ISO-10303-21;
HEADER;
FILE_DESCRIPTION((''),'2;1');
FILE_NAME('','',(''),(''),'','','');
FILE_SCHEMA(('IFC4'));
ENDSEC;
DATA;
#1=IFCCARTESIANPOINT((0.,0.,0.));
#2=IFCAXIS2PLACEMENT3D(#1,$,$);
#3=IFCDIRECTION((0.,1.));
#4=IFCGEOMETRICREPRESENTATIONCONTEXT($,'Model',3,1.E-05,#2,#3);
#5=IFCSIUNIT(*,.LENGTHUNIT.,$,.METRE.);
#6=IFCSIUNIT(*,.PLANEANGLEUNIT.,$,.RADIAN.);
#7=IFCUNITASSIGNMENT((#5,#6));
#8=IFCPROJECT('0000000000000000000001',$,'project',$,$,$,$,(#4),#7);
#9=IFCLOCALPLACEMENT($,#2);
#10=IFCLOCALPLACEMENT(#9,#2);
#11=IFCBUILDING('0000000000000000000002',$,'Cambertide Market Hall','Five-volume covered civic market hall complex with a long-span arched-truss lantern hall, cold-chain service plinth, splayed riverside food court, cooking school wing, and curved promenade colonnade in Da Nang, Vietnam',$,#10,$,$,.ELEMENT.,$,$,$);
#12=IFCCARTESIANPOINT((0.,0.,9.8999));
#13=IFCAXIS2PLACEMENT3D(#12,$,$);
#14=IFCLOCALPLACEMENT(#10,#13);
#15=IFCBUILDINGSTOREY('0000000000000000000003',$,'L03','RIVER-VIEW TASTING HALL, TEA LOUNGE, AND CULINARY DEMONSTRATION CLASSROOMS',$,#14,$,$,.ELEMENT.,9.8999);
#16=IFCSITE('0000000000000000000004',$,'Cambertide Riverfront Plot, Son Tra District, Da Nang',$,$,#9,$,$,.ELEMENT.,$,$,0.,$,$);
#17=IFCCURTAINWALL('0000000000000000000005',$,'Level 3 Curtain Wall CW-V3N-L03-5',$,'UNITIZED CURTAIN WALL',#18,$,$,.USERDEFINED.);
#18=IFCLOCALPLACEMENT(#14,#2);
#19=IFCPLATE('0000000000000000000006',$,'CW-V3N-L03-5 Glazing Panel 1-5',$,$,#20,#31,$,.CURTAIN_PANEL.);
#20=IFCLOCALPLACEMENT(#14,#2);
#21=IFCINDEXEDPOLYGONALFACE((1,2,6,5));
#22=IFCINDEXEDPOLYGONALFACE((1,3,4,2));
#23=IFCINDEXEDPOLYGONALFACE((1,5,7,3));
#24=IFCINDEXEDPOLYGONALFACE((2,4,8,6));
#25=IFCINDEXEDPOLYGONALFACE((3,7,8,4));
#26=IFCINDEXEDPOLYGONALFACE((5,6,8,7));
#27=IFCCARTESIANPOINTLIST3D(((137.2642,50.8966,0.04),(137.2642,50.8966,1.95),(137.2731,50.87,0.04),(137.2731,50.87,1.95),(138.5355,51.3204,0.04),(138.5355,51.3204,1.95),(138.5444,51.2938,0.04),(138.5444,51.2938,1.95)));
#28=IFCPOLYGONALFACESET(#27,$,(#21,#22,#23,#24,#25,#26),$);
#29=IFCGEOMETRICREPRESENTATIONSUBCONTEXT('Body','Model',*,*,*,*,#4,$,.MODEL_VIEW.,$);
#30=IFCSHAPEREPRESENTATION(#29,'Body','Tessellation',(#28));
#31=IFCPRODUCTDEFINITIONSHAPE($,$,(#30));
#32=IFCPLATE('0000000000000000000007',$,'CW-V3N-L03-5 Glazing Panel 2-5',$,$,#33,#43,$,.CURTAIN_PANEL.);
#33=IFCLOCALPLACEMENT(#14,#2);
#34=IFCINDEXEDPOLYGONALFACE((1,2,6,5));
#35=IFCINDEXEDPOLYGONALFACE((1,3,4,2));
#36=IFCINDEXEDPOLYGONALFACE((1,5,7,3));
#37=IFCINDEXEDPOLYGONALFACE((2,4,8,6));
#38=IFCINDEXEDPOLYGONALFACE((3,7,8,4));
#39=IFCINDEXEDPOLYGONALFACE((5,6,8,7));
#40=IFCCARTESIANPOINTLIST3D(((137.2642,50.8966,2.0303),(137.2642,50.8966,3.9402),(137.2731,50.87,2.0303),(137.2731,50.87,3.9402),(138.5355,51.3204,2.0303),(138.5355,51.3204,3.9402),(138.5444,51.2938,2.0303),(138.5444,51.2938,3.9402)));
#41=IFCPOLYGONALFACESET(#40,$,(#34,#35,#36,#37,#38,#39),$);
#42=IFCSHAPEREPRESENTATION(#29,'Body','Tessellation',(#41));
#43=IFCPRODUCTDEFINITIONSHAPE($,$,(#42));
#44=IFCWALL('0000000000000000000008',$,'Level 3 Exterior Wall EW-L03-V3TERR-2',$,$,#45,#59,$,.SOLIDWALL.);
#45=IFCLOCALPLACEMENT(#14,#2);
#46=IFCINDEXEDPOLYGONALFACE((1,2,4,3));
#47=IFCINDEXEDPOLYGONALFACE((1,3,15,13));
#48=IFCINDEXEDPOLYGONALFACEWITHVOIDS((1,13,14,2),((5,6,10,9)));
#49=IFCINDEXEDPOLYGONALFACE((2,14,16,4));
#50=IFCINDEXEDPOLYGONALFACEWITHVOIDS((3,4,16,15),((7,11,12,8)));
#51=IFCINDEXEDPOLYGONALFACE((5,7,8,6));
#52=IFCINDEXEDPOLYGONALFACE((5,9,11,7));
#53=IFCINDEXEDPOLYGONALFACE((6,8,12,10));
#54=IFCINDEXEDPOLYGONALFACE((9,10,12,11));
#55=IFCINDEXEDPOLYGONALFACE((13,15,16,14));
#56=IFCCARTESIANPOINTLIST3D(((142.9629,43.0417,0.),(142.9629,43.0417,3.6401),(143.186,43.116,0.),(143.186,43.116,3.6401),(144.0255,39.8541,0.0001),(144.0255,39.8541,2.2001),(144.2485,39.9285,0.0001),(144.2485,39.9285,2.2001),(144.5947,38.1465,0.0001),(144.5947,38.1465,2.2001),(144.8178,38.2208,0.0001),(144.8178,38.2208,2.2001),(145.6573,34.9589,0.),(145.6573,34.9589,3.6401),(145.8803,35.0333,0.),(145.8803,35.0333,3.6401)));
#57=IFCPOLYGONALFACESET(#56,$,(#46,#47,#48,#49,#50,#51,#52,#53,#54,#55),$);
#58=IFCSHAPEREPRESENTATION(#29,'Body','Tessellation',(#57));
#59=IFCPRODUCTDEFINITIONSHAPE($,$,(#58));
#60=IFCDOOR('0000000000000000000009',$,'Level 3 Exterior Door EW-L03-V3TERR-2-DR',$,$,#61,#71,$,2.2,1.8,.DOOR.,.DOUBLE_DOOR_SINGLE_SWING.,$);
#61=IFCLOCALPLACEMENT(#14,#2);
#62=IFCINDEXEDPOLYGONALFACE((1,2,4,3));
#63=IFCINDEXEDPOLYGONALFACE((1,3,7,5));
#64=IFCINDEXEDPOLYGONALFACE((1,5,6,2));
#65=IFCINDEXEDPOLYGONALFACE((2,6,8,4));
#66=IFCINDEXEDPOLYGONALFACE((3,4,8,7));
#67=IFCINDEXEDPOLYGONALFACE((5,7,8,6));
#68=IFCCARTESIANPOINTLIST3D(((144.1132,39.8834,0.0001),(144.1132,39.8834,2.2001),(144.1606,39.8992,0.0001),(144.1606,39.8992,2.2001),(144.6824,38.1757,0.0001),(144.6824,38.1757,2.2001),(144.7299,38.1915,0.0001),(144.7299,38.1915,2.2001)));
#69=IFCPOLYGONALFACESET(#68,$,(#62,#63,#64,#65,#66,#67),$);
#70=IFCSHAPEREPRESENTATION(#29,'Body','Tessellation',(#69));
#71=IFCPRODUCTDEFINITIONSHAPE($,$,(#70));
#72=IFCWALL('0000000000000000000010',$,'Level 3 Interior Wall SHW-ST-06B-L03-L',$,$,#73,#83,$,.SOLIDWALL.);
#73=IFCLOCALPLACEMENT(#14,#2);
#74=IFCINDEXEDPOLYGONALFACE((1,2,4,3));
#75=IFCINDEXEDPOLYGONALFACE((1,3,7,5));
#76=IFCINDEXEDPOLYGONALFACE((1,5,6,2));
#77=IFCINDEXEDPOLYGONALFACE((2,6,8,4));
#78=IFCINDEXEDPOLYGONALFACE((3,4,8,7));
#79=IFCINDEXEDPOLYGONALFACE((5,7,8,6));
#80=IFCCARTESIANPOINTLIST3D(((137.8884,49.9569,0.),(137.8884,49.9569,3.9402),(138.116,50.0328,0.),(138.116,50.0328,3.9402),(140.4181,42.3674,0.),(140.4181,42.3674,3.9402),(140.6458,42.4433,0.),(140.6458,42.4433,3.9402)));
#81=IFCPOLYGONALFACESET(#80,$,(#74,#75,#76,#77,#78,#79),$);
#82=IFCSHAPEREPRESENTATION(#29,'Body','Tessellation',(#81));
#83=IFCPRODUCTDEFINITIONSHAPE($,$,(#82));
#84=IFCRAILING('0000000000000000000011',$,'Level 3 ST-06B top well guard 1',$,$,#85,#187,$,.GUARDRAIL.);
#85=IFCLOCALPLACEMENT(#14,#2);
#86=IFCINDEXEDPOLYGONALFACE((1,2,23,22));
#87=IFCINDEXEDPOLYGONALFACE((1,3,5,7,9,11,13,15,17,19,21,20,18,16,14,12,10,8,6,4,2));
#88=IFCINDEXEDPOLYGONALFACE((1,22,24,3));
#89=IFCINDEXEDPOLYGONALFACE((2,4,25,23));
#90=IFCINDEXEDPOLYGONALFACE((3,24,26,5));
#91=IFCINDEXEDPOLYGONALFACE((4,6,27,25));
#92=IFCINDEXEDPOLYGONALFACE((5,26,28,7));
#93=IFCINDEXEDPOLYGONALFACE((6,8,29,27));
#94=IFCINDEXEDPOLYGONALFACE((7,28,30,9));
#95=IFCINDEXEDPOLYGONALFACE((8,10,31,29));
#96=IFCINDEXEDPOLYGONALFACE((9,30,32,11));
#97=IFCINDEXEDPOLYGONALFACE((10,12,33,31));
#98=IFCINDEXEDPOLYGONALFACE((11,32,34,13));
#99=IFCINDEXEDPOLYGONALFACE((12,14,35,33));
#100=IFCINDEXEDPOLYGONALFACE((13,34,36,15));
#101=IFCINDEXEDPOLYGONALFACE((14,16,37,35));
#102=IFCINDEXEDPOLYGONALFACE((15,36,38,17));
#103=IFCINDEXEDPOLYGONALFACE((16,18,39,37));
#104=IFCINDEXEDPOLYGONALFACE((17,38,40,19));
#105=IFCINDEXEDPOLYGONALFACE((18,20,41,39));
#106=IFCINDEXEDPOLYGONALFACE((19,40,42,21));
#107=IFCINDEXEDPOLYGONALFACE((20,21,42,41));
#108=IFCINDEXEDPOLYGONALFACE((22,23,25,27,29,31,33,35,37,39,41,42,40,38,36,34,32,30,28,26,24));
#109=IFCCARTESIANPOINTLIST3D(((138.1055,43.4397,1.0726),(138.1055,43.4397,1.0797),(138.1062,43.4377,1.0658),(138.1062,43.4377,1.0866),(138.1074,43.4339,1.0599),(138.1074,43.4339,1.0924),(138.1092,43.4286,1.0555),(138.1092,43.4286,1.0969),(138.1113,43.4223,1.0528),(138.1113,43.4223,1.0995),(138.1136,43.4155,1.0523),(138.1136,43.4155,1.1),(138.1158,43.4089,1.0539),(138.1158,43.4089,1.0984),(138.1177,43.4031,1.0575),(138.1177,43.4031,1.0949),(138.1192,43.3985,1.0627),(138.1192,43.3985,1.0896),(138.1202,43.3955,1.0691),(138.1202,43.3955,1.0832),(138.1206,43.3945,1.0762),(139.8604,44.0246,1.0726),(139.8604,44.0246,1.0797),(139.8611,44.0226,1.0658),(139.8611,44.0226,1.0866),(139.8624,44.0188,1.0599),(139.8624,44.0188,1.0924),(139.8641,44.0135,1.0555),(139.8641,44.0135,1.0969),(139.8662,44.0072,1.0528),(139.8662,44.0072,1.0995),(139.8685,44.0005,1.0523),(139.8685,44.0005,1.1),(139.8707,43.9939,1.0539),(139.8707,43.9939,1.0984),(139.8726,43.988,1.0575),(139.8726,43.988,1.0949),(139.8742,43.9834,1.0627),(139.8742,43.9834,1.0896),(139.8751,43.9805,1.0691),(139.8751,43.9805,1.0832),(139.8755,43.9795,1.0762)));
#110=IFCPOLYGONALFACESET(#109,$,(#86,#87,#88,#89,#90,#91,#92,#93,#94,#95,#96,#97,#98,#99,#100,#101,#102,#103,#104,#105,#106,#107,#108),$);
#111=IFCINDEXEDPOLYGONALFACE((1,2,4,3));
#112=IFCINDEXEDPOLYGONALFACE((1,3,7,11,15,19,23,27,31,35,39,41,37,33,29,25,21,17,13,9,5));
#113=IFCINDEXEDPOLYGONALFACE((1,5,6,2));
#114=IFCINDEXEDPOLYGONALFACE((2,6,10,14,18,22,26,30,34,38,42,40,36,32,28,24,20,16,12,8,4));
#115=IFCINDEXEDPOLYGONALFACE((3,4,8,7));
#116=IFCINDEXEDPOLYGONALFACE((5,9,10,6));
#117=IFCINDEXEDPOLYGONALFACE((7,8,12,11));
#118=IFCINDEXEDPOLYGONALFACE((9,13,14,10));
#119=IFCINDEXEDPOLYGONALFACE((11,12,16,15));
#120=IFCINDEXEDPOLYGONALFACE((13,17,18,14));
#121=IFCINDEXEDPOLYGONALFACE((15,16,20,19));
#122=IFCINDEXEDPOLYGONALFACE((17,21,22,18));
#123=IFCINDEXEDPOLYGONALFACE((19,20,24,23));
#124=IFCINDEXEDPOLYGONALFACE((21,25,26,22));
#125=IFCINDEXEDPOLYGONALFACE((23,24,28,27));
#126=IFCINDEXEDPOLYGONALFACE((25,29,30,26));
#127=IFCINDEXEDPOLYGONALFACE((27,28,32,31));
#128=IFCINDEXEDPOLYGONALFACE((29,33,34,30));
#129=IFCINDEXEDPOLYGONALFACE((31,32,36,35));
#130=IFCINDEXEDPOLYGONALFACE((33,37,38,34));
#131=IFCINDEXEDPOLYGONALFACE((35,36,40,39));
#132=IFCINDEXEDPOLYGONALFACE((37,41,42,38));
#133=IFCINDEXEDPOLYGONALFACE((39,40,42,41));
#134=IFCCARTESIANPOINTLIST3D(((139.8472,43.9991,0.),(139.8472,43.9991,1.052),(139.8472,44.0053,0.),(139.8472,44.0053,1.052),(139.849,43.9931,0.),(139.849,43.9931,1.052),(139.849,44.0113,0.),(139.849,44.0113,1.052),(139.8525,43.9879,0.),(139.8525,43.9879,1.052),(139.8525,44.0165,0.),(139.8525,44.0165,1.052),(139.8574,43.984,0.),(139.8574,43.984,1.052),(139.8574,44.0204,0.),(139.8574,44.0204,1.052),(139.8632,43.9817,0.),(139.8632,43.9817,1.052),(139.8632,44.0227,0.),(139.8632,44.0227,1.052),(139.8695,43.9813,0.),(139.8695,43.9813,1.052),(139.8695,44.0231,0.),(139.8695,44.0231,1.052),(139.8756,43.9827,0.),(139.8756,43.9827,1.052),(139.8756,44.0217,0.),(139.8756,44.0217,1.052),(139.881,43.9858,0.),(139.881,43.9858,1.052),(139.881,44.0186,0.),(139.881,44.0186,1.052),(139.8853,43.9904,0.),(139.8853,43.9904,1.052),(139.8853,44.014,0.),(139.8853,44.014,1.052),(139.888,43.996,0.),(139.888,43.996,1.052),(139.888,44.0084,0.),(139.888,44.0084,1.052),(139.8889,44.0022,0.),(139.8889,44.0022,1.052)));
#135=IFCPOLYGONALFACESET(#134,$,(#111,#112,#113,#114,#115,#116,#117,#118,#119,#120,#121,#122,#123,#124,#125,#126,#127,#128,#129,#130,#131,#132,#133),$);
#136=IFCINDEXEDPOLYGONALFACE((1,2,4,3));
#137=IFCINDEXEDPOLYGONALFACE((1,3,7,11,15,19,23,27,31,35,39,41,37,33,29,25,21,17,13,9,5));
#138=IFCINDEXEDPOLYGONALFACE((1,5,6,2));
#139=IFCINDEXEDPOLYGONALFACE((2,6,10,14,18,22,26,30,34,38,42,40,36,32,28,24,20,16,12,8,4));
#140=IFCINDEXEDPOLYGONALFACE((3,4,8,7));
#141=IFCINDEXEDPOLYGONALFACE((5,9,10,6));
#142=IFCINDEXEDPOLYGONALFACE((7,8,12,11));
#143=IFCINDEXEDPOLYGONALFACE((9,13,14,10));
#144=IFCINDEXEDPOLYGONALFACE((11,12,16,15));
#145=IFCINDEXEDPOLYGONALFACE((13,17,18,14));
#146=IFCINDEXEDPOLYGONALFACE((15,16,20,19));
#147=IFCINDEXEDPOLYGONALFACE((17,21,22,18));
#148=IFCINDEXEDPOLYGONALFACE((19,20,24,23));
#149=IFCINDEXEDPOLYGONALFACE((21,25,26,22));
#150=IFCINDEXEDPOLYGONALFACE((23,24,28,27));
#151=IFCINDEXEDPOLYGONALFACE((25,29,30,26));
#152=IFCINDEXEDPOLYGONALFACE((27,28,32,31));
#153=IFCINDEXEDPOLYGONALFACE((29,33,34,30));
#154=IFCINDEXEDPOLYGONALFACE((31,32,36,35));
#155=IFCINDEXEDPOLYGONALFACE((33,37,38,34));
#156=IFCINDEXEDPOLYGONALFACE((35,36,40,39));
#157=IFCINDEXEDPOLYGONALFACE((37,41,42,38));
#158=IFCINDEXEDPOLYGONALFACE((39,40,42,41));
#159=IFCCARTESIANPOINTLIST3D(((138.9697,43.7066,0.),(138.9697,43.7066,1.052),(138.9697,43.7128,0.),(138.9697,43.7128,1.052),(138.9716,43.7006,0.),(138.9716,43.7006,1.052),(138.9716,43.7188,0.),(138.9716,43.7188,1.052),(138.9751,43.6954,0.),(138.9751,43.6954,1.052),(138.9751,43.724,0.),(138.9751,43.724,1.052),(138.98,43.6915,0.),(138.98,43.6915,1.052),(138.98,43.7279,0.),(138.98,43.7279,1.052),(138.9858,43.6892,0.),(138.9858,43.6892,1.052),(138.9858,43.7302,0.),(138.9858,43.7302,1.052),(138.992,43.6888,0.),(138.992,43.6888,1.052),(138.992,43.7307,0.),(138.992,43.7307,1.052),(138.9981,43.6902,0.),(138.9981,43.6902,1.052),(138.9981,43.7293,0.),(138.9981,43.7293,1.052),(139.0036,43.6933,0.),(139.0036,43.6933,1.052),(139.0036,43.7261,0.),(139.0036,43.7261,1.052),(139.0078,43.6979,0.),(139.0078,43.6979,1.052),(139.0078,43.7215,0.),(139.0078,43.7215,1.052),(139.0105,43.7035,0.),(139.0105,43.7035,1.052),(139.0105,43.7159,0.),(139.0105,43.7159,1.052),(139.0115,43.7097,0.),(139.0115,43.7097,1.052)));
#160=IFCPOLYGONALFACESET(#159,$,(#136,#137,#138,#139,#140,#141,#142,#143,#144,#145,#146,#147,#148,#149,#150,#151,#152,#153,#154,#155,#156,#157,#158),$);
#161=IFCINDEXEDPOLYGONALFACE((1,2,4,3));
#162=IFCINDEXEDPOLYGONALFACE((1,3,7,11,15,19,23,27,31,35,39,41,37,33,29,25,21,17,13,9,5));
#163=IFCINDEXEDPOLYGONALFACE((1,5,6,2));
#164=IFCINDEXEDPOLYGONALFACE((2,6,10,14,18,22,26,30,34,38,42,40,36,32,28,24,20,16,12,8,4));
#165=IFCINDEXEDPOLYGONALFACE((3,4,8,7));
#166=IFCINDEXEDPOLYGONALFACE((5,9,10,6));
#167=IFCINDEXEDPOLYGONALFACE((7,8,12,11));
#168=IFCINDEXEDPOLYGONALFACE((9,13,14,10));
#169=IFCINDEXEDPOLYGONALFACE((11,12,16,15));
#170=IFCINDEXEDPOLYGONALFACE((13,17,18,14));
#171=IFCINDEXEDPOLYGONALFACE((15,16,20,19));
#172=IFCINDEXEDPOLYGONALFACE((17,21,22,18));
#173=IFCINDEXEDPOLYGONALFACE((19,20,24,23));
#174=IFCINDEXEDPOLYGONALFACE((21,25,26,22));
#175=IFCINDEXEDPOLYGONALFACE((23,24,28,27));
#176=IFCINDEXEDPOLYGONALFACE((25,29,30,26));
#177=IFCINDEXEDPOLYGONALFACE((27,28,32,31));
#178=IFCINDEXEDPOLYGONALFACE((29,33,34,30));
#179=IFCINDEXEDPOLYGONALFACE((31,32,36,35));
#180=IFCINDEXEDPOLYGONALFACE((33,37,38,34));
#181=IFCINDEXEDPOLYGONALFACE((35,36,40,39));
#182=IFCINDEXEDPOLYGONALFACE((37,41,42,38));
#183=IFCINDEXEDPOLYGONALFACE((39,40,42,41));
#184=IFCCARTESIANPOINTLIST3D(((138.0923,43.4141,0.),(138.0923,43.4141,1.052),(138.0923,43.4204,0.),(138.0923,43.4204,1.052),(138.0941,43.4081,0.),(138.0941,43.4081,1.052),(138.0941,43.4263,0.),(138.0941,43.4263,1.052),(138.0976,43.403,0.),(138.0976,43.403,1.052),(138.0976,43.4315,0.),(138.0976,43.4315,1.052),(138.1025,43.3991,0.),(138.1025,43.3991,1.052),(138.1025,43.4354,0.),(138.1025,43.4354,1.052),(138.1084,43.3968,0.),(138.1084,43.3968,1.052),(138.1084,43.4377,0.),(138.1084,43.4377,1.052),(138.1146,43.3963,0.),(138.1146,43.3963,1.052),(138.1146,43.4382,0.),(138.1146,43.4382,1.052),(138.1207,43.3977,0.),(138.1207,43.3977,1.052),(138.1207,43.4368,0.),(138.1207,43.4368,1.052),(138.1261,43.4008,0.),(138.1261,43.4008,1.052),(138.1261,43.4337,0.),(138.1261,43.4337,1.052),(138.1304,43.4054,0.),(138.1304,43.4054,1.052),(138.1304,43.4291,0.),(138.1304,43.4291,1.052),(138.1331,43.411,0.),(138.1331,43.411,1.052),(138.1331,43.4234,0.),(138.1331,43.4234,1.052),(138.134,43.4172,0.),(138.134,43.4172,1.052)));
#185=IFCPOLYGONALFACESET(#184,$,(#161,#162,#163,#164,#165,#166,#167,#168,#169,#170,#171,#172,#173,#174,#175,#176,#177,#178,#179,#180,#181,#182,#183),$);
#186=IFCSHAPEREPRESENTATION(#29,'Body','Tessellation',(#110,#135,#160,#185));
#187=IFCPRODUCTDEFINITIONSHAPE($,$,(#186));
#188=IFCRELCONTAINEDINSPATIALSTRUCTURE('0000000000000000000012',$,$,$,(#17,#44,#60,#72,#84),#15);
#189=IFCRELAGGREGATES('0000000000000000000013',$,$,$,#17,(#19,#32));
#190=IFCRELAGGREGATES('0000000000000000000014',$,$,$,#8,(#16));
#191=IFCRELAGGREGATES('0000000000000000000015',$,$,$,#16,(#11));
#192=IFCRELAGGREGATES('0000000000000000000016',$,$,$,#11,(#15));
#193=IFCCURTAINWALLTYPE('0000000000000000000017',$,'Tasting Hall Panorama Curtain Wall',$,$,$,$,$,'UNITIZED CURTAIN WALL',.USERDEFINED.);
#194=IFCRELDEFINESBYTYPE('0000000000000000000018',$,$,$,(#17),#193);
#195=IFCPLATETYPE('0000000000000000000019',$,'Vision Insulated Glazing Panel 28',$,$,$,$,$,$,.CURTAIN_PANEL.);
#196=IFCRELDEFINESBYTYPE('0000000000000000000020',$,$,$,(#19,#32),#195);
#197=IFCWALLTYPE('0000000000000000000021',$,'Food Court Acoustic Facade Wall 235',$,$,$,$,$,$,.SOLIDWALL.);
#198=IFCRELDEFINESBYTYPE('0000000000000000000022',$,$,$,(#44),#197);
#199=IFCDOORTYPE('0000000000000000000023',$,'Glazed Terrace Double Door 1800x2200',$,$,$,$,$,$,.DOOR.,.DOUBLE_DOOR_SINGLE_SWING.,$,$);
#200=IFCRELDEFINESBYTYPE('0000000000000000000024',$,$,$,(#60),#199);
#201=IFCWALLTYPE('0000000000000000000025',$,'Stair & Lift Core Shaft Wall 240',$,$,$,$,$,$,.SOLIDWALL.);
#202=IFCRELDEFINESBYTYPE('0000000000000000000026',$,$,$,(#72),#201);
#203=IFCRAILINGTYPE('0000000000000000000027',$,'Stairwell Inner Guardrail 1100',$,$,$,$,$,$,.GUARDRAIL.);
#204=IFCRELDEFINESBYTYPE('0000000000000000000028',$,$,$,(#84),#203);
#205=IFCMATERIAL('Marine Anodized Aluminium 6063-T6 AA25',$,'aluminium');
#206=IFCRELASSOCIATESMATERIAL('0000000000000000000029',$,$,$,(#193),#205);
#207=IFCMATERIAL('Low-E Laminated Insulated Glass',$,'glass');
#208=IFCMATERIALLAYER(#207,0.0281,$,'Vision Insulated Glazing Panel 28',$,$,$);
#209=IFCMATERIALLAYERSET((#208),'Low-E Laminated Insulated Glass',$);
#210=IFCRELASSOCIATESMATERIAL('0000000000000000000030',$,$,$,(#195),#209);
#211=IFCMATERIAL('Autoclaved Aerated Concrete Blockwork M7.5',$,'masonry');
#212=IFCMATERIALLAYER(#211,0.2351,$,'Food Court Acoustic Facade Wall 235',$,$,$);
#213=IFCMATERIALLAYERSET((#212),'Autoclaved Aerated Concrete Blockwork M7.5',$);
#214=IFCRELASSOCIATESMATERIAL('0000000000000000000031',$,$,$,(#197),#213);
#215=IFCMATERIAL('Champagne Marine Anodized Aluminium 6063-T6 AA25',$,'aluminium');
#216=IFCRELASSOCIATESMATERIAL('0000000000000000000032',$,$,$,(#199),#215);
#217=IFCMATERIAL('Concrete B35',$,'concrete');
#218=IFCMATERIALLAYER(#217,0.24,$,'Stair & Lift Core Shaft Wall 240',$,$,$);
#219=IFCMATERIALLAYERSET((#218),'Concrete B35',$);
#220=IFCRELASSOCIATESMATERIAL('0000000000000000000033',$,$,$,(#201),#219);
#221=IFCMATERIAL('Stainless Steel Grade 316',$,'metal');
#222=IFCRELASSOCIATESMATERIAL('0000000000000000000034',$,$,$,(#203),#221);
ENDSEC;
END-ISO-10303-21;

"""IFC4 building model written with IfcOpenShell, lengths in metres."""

from ifc_helpers import new_model, si_unit, direction, frame, frame_2d, origin, origin_2d, place, context, subcontext, project, spatial, rectangle, circle, extrude, material, layer, layer_set, type_object, element, fill, aggregate, save


model = new_model("IFC4")

# Units and contexts
model_context = context("Model", 3, precision=1e-05, world=origin(), true_north=direction((0.0, 1.0)))
body_context = subcontext(model_context, "Body", "Model", "MODEL_VIEW")
ifc_project = project(units=[si_unit("LENGTHUNIT", "METRE"), si_unit("PLANEANGLEUNIT", "RADIAN")], contexts=[model_context])

# Site, building, storey
site_placement = place(None, origin())
site = spatial("IfcSite", under=ifc_project, at=site_placement, Name="Cambertide Riverfront Plot, Son Tra District, Da Nang", CompositionType="ELEMENT", RefElevation=0.0)
building_placement = place(site_placement, origin())
building = spatial("IfcBuilding", under=site, at=building_placement, Name="Cambertide Market Hall", Description="Five-volume covered civic market hall complex with a long-span arched-truss lantern hall, cold-chain service plinth, splayed riverside food court, cooking school wing, and curved promenade colonnade in Da Nang, Vietnam", CompositionType="ELEMENT")
storey_placement = place(building_placement, frame((0.0, 0.0, 9.8999)))
storey = spatial("IfcBuildingStorey", under=building, at=storey_placement, Name="L03", Description="RIVER-VIEW TASTING HALL, TEA LOUNGE, AND CULINARY DEMONSTRATION CLASSROOMS", CompositionType="ELEMENT", Elevation=9.8999)

# Curtain wall
ifc_material_1 = material(Name="Marine Anodized Aluminium 6063-T6 AA25", Category="aluminium")
curtain_wall_type = type_object("IfcCurtainWallType", Name="Tasting Hall Panorama Curtain Wall", ElementType="UNITIZED CURTAIN WALL", PredefinedType="USERDEFINED", material=ifc_material_1)
curtain_wall_placement = place(storey_placement, origin())
curtain_wall = element("IfcCurtainWall", 1, at=curtain_wall_placement, inside=storey, type_object=curtain_wall_type, Name="Level 3 Curtain Wall CW-V3N-L03-5", ObjectType="UNITIZED CURTAIN WALL", PredefinedType="USERDEFINED")

# Plates
ifc_material_2 = material(Name="Low-E Laminated Insulated Glass", Category="glass")
ifc_layer_1 = layer(ifc_material_2, 0.0281, Name="Vision Insulated Glazing Panel 28")
ifc_layer_set_1 = layer_set([ifc_layer_1], Name="Low-E Laminated Insulated Glass")
plate_type = type_object("IfcPlateType", Name="Vision Insulated Glazing Panel 28", PredefinedType="CURTAIN_PANEL", material=ifc_layer_set_1)
plate_1_placement = place(storey_placement, frame((137.9043, 51.0952, 0.04), z_axis=(0.0, 0.0, 1.0), x_axis=(0.948683, 0.316228, 0.0)))
plate_1 = element("IfcPlate", 2, at=plate_1_placement, type_object=plate_type, Name="CW-V3N-L03-5 Glazing Panel 1-5", PredefinedType="CURTAIN_PANEL", context=body_context, shape_type="SweptSolid", body=[
    extrude(rectangle(XDim=1.3401, YDim=0.0281, at=origin_2d()), origin(), (0.0, 0.0, 1.0), 1.9099),
])
plate_2_placement = place(storey_placement, frame((137.9043, 51.0952, 2.0303), z_axis=(0.0, 0.0, 1.0), x_axis=(0.948683, 0.316228, 0.0)))
plate_2 = element("IfcPlate", 3, at=plate_2_placement, type_object=plate_type, Name="CW-V3N-L03-5 Glazing Panel 2-5", PredefinedType="CURTAIN_PANEL", context=body_context, shape_type="SweptSolid", body=[
    extrude(rectangle(XDim=1.3401, YDim=0.0281, at=origin_2d()), origin(), (0.0, 0.0, 1.0), 1.9099),
])
aggregate(curtain_wall, [plate_1, plate_2])

# Wall, opening, door
ifc_material_3 = material(Name="Autoclaved Aerated Concrete Blockwork M7.5", Category="masonry")
ifc_layer_2 = layer(ifc_material_3, 0.2351, Name="Food Court Acoustic Facade Wall 235")
ifc_layer_set_2 = layer_set([ifc_layer_2], Name="Autoclaved Aerated Concrete Blockwork M7.5")
wall_type_1 = type_object("IfcWallType", Name="Food Court Acoustic Facade Wall 235", PredefinedType="SOLIDWALL", material=ifc_layer_set_2)
wall_1_placement = place(storey_placement, frame((143.0745, 43.0789, 0.0), z_axis=(0.0, 0.0, 1.0), x_axis=(0.316236, -0.94868, 0.0)))
wall_1 = element("IfcWall", 4, at=wall_1_placement, inside=storey, type_object=wall_type_1, Name="Level 3 Exterior Wall EW-L03-V3TERR-2", PredefinedType="SOLIDWALL", context=body_context, shape_type="SweptSolid", body=[
    extrude(rectangle(XDim=8.52, YDim=0.2351, at=frame_2d((4.26, 0.0))), origin(), (0.0, 0.0, 1.0), 3.6401),
])
opening_1_placement = place(wall_1_placement, frame((3.3601, 0.0, 0.0)))
opening_1 = element("IfcOpeningElement", 5, at=opening_1_placement, cuts=wall_1, PredefinedType="OPENING", context=body_context, shape_type="SweptSolid", body=[
    extrude(rectangle(XDim=1.8, YDim=2.2, at=frame_2d((0.8999, 1.1001))), frame((0.0, 0.1274, 0.0), z_axis=(0.0, -1.0, 0.0), x_axis=(1.0, 0.0, 0.0)), (0.0, 0.0, 1.0), 0.2551),
])
ifc_material_4 = material(Name="Champagne Marine Anodized Aluminium 6063-T6 AA25", Category="aluminium")
door_type_1 = type_object("IfcDoorType", Name="Glazed Terrace Double Door 1800x2200", OperationType="DOUBLE_DOOR_SINGLE_SWING", PredefinedType="DOOR", material=ifc_material_4)
door_1_placement = place(opening_1_placement, origin())
door_1 = element("IfcDoor", 6, at=door_1_placement, inside=storey, type_object=door_type_1, Name="Level 3 Exterior Door EW-L03-V3TERR-2-DR", OperationType="DOUBLE_DOOR_SINGLE_SWING", OverallHeight=2.2, OverallWidth=1.8, PredefinedType="DOOR", context=body_context, shape_type="SweptSolid", body=[
    extrude(rectangle(XDim=1.8, YDim=2.2, at=frame_2d((0.8999, 1.1001))), frame((0.0, 0.0249, 0.0), z_axis=(0.0, -1.0, 0.0), x_axis=(1.0, 0.0, 0.0)), (0.0, 0.0, 1.0), 0.05),
])
fill(opening_1, door_1)
ifc_material_5 = material(Name="Concrete B35", Category="concrete")
ifc_layer_3 = layer(ifc_material_5, 0.24, Name="Stair & Lift Core Shaft Wall 240")
ifc_layer_set_3 = layer_set([ifc_layer_3], Name="Concrete B35")
wall_type_2 = type_object("IfcWallType", Name="Stair & Lift Core Shaft Wall 240", PredefinedType="SOLIDWALL", material=ifc_layer_set_3)

# Wall
wall_2_placement = place(storey_placement, frame((138.0022, 49.9949, 0.0), z_axis=(0.0, 0.0, 1.0), x_axis=(0.316219, -0.948686, 0.0)))
element("IfcWall", 7, at=wall_2_placement, inside=storey, type_object=wall_type_2, Name="Level 3 Interior Wall SHW-ST-06B-L03-L", PredefinedType="SOLIDWALL", context=body_context, shape_type="SweptSolid", body=[
    extrude(rectangle(XDim=8.0, YDim=0.24, at=frame_2d((4.0, 0.0))), origin(), (0.0, 0.0, 1.0), 3.9402),
])

# Railing
ifc_material_6 = material(Name="Stainless Steel Grade 316", Category="metal")
railing_type = type_object("IfcRailingType", Name="Stairwell Inner Guardrail 1100", PredefinedType="GUARDRAIL", material=ifc_material_6)
railing_placement = place(storey_placement, frame((139.8679, 44.0022, 0.0)))
element("IfcRailing", 8, at=railing_placement, inside=storey, type_object=railing_type, Name="Level 3 ST-06B top well guard 1", PredefinedType="GUARDRAIL", context=body_context, shape_type="SweptSolid", body=[
    extrude(circle(Radius=0.0239, at=origin_2d()), frame((0.0, 0.0, 1.0762), z_axis=(-0.948683, -0.316228, 0.0), x_axis=(0.316228, -0.948683, 0.0)), (0.0, 0.0, 1.0), 1.8499),
    extrude(circle(Radius=0.021, at=origin_2d()), origin(), (0.0, 0.0, 1.0), 1.052),
    extrude(circle(Radius=0.021, at=origin_2d()), frame((-0.8774, -0.2925, 0.0)), (0.0, 0.0, 1.0), 1.052),
    extrude(circle(Radius=0.021, at=origin_2d()), frame((-1.7549, -0.585, 0.0)), (0.0, 0.0, 1.0), 1.052),
])

save(model, "model.ifc")
